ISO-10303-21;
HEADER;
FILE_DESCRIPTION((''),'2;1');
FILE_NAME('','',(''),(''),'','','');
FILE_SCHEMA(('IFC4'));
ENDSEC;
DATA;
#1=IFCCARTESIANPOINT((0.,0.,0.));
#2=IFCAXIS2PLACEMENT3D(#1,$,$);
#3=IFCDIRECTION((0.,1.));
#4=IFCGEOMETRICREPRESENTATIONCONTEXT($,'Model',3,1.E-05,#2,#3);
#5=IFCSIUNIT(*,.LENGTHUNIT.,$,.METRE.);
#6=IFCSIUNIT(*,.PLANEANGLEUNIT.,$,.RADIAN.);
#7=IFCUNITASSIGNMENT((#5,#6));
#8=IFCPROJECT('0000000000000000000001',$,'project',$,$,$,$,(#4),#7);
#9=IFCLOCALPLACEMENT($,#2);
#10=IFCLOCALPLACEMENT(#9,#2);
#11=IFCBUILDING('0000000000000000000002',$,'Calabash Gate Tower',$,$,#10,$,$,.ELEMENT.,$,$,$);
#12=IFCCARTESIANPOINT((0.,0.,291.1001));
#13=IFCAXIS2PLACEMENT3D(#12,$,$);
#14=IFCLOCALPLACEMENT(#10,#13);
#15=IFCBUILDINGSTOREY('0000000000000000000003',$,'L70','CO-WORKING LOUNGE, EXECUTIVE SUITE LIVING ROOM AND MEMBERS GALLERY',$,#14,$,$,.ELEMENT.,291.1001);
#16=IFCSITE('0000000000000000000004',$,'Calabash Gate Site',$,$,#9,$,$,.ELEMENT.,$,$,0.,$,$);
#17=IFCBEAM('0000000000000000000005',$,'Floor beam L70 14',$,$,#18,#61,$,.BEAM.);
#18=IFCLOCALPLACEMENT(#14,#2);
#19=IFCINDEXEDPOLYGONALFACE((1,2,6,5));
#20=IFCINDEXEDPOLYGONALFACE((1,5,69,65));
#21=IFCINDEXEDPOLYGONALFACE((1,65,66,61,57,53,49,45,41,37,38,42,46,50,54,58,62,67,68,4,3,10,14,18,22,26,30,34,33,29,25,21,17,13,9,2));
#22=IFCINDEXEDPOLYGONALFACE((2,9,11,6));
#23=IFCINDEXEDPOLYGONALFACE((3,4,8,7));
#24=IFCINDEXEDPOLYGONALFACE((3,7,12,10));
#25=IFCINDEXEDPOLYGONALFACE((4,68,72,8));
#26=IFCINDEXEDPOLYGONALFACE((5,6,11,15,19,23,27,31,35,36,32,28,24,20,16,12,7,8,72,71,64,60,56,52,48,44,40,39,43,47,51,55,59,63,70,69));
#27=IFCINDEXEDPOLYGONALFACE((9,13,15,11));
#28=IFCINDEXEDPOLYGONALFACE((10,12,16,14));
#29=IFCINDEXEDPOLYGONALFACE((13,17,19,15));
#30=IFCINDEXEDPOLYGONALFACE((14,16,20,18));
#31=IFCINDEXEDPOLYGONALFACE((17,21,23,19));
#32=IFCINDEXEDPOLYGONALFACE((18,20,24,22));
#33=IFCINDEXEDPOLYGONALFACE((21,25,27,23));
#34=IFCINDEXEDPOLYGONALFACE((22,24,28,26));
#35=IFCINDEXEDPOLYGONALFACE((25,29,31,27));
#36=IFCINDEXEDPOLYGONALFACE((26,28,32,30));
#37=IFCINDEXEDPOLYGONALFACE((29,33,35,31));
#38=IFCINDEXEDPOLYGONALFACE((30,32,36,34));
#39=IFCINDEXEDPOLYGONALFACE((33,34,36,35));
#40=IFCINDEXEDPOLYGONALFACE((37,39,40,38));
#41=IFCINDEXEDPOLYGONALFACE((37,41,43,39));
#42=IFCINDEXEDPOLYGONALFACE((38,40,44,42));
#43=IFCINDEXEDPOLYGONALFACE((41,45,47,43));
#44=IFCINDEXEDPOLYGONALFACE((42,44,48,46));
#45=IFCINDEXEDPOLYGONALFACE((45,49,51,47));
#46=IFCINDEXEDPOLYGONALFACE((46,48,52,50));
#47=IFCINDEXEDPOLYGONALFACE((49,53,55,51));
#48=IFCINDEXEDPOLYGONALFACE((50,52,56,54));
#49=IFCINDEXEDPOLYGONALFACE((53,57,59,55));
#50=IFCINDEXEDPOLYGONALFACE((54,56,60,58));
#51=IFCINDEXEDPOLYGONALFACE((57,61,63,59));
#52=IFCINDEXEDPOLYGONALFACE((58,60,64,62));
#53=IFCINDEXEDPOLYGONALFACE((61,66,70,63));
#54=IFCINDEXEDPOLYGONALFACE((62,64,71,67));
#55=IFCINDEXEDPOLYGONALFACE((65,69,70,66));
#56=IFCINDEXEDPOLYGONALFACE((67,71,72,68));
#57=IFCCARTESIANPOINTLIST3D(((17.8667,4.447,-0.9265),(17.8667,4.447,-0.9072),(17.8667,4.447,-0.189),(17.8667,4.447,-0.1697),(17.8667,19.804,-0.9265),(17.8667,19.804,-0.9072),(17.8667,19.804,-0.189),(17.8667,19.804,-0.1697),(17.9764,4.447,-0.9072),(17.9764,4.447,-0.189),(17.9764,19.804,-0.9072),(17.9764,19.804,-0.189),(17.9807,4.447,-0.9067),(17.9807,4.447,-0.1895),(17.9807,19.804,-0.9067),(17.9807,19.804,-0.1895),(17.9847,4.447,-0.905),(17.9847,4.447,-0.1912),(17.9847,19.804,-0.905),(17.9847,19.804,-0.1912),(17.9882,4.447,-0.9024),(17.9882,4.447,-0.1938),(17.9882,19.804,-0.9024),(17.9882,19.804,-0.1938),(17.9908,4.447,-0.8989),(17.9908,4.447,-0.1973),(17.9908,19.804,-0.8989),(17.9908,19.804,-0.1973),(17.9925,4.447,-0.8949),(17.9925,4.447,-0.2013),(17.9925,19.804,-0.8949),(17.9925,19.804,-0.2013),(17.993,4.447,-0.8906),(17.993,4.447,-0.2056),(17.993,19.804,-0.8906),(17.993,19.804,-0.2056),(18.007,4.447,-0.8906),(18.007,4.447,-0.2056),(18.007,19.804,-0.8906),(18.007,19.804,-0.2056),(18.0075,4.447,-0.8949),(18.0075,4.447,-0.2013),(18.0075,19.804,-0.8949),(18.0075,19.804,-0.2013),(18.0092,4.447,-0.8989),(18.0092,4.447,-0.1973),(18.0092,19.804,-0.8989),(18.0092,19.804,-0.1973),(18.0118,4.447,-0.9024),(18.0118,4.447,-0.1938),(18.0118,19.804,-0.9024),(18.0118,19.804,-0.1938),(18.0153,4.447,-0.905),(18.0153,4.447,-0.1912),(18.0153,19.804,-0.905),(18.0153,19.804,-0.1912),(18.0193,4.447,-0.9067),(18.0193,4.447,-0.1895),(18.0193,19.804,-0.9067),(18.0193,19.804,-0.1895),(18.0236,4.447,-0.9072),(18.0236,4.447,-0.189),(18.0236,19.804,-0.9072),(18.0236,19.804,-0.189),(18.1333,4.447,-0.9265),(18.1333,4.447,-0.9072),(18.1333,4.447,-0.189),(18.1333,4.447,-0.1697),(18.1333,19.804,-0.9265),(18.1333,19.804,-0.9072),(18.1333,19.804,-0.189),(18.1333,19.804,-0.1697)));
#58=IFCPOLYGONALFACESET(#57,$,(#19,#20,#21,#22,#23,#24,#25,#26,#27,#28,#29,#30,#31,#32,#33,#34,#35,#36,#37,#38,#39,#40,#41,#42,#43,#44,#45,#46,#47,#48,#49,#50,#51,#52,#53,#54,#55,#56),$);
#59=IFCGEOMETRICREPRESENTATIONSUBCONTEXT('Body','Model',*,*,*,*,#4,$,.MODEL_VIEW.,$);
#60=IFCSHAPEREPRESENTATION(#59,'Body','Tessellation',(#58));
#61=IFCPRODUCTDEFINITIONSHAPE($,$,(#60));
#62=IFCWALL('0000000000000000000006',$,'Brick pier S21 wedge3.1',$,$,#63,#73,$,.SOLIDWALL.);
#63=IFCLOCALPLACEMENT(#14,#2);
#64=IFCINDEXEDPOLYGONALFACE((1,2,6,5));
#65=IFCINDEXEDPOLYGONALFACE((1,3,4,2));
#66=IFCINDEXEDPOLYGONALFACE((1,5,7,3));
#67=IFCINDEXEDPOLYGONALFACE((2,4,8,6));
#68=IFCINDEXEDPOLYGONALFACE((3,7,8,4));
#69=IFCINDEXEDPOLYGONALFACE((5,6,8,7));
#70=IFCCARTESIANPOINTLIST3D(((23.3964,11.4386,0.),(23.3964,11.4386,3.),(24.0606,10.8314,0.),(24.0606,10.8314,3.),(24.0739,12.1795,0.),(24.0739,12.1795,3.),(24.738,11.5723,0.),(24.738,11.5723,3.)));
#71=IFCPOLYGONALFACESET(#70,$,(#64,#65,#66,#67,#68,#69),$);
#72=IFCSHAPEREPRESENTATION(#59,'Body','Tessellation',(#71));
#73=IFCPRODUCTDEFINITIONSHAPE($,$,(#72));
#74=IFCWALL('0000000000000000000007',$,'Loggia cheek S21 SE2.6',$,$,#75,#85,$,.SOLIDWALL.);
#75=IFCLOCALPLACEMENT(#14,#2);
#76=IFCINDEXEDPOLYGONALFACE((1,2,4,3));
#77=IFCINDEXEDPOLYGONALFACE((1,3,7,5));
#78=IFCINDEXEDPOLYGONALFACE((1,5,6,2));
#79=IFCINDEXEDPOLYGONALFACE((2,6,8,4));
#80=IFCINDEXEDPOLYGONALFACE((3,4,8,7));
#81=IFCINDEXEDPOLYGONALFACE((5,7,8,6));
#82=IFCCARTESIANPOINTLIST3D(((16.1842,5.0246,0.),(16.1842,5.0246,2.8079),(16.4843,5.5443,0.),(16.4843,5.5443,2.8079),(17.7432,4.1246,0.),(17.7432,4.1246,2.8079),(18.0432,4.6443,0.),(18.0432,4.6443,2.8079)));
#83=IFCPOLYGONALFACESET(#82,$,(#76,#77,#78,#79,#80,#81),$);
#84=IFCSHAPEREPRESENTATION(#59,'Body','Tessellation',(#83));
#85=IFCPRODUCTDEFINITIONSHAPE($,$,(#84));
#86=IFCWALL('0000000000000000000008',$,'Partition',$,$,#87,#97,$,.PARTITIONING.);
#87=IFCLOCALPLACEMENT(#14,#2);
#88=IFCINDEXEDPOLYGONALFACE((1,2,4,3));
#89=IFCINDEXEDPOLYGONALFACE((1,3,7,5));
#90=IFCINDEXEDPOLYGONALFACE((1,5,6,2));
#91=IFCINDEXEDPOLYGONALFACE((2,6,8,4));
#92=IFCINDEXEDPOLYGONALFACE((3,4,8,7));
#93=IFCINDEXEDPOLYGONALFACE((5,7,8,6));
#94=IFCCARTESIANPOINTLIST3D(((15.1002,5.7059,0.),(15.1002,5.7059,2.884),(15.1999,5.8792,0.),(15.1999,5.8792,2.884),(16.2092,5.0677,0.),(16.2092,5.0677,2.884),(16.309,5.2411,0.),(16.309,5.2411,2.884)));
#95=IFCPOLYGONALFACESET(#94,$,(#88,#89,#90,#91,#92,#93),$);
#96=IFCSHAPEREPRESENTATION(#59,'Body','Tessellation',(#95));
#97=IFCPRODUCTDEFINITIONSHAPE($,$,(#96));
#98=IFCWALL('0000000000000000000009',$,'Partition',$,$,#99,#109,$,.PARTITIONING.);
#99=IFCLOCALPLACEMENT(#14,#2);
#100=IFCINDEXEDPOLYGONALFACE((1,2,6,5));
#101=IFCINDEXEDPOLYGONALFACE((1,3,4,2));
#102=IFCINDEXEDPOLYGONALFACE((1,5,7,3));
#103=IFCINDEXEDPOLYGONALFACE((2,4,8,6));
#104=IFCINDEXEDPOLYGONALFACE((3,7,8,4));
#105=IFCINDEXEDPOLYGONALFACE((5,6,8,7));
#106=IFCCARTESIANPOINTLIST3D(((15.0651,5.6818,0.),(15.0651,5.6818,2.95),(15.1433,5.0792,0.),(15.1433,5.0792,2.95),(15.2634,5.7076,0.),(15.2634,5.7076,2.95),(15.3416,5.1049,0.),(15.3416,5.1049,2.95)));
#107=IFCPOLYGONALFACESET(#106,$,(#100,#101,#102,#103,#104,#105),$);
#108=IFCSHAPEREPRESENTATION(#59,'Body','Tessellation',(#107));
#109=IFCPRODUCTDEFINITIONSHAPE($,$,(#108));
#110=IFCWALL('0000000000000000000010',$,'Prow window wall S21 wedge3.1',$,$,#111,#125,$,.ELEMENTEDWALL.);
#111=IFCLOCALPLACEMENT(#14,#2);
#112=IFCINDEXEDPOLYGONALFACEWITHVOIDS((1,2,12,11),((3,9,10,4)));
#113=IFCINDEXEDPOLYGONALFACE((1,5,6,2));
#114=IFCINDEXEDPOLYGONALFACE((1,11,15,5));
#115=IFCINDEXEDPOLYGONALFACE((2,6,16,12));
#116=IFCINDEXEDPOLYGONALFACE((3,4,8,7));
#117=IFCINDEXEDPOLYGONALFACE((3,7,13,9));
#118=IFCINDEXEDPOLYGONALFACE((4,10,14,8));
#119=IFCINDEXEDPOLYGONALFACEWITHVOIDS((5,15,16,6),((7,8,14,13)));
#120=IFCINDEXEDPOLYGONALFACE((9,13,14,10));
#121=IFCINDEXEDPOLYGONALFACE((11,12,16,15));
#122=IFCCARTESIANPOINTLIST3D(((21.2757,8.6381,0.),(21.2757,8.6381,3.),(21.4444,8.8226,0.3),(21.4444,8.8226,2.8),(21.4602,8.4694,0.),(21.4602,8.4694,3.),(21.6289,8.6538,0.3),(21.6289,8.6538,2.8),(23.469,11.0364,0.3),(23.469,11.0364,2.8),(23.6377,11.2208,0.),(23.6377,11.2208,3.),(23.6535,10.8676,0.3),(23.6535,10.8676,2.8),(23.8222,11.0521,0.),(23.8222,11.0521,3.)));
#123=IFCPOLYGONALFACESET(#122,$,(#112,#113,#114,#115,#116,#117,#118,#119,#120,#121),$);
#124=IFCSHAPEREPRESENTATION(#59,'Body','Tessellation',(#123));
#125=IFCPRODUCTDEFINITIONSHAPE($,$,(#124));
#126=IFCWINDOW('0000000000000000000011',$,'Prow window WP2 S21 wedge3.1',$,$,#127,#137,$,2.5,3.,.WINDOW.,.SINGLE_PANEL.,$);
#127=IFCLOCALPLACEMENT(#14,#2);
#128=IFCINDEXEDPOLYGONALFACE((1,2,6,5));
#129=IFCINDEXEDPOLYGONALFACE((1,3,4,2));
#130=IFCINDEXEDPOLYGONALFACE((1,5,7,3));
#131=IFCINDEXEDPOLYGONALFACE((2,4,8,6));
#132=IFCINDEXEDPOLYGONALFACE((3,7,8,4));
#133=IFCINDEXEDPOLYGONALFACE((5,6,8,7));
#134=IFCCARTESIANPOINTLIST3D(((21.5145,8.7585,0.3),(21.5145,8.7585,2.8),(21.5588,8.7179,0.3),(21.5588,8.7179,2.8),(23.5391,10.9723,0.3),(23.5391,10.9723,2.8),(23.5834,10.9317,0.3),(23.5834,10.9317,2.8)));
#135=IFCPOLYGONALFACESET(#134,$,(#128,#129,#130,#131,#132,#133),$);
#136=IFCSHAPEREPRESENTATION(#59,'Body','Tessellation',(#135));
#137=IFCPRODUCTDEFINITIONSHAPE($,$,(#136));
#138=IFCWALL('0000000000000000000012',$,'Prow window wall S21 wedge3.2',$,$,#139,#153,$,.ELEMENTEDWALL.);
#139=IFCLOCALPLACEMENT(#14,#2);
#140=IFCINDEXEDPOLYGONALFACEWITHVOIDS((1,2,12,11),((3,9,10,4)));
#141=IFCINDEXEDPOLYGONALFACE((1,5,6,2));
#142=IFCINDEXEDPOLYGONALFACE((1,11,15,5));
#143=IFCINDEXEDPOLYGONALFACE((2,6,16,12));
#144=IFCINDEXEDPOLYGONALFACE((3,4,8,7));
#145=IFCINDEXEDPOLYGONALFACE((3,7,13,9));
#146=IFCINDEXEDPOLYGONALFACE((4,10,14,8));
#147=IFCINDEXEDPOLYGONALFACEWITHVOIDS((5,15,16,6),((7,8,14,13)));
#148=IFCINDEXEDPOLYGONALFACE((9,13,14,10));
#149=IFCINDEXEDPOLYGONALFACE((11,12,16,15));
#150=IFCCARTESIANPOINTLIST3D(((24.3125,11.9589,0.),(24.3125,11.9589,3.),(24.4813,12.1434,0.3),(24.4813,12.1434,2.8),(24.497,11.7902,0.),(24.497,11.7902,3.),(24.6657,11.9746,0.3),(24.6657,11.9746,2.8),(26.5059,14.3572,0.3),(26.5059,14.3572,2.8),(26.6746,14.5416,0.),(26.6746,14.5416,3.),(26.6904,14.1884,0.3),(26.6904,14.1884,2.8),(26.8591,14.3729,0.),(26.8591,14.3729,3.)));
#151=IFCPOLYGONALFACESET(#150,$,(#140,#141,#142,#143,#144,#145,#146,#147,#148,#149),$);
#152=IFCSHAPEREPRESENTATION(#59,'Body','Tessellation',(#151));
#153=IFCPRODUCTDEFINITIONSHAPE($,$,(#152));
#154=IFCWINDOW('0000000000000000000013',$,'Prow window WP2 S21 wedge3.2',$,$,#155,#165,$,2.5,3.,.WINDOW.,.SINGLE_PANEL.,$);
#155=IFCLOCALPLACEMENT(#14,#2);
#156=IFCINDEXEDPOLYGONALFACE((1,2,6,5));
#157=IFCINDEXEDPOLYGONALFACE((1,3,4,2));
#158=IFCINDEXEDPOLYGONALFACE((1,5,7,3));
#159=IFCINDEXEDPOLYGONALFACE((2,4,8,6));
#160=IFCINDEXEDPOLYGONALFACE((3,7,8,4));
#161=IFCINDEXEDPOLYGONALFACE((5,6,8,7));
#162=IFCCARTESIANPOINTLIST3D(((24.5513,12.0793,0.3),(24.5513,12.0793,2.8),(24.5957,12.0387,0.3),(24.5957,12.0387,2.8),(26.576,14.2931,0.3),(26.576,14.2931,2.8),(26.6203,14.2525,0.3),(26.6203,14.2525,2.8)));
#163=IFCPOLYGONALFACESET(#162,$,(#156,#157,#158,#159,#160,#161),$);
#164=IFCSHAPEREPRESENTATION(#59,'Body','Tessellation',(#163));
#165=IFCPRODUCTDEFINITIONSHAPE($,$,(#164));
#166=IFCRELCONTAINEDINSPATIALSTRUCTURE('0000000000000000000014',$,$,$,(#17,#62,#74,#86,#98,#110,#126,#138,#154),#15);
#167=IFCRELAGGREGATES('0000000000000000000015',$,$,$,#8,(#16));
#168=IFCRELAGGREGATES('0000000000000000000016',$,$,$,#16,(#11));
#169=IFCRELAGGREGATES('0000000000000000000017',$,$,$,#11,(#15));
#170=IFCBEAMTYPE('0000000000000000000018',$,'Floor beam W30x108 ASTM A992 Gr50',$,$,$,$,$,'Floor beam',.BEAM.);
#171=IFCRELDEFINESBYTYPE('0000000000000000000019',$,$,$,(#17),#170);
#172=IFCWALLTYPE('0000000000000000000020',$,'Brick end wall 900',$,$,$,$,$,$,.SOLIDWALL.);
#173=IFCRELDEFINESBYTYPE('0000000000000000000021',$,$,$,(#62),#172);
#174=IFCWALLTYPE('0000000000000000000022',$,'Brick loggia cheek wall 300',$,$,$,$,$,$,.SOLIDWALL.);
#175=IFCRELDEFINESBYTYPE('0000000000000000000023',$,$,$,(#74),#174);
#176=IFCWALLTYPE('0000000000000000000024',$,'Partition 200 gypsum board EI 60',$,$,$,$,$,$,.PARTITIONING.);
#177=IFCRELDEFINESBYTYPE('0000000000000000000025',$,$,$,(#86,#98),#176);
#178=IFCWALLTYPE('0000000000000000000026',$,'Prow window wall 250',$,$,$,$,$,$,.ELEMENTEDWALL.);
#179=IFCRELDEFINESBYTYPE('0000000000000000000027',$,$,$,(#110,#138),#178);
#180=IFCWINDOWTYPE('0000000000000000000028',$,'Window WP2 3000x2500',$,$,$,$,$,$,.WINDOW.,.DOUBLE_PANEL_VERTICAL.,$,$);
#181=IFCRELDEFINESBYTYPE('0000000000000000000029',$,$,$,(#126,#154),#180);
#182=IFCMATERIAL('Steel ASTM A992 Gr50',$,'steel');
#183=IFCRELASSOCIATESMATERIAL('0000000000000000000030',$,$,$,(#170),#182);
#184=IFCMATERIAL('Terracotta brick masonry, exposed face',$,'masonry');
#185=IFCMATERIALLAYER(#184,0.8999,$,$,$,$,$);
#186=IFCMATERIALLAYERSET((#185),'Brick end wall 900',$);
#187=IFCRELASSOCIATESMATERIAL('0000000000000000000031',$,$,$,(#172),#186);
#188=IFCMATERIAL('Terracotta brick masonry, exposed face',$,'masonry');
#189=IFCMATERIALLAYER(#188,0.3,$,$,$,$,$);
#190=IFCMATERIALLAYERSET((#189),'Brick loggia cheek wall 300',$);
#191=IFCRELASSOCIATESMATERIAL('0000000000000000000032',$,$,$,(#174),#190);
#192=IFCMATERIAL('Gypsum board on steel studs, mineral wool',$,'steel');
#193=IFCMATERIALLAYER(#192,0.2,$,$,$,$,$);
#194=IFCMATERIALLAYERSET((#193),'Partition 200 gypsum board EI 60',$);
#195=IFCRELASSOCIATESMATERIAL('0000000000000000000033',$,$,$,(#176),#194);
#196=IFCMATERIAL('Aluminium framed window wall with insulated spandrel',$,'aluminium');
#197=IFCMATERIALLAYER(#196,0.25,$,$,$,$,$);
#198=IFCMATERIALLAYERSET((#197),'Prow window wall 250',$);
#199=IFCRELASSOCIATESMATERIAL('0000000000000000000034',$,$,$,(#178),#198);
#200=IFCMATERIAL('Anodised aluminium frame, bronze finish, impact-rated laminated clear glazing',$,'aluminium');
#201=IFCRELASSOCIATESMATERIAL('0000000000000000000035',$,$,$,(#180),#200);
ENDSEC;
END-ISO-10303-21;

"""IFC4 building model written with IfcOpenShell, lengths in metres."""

from ifc_helpers import new_model, si_unit, direction, frame, frame_2d, origin, origin_2d, place, context, subcontext, project, spatial, rectangle, i_section, extrude, material, layer, layer_set, material_profile, profile_set, type_object, element, fill, save


model = new_model("IFC4")

# Units and contexts
model_context = context("Model", 3, precision=1e-05, world=origin(), true_north=direction((0.0, 1.0)))
body_context = subcontext(model_context, "Body", "Model", "MODEL_VIEW")
ifc_project = project(units=[si_unit("LENGTHUNIT", "METRE"), si_unit("PLANEANGLEUNIT", "RADIAN")], contexts=[model_context])

# Site, building, storey
site_placement = place(None, origin())
site = spatial("IfcSite", under=ifc_project, at=site_placement, Name="Calabash Gate Site", CompositionType="ELEMENT", RefElevation=0.0)
building_placement = place(site_placement, origin())
building = spatial("IfcBuilding", under=site, at=building_placement, Name="Calabash Gate Tower", CompositionType="ELEMENT")
storey_placement = place(building_placement, frame((0.0, 0.0, 291.1001)))
storey = spatial("IfcBuildingStorey", under=building, at=storey_placement, Name="L70", Description="CO-WORKING LOUNGE, EXECUTIVE SUITE LIVING ROOM AND MEMBERS GALLERY", CompositionType="ELEMENT", Elevation=291.1001)

# Beam
ifc_material_1 = material(Name="Steel ASTM A992 Gr50", Category="steel")
ifc_material_profile_1 = material_profile(ifc_material_1, i_section(OverallWidth=0.2666, OverallDepth=0.7568, WebThickness=0.0139, FlangeThickness=0.0193, FilletRadius=0.0166, at=origin_2d()))
ifc_profile_set_1 = profile_set([ifc_material_profile_1], Name="Steel ASTM A992 Gr50")
beam_type_1 = type_object("IfcBeamType", Name="Floor beam W30x108 ASTM A992 Gr50", ElementType="Floor beam", PredefinedType="BEAM", material=ifc_profile_set_1)
beam_1_placement = place(storey_placement, frame((18.0, 4.447, -0.5481), z_axis=(0.0, 1.0, 0.0), x_axis=(-1.0, 0.0, 0.0)))
element("IfcBeam", 1, at=beam_1_placement, inside=storey, type_object=beam_type_1, Name="Floor beam L70 14", PredefinedType="BEAM", context=body_context, shape_type="SweptSolid", body=[
    extrude(i_section(OverallWidth=0.2666, OverallDepth=0.7568, WebThickness=0.0139, FlangeThickness=0.0193, FilletRadius=0.0166, at=origin_2d()), origin(), (0.0, 0.0, 1.0), 15.3569),
])

# Walls
ifc_material_2 = material(Name="Terracotta brick masonry, exposed face", Category="masonry")
ifc_layer_1 = layer(ifc_material_2, 0.8999)
ifc_layer_set_1 = layer_set([ifc_layer_1], Name="Brick end wall 900")
wall_type_1 = type_object("IfcWallType", Name="Brick end wall 900", PredefinedType="SOLIDWALL", material=ifc_layer_set_1)
wall_1_placement = place(storey_placement, frame((23.7285, 11.135, 0.0), z_axis=(0.0, 0.0, 1.0), x_axis=(0.674788, 0.738012, 0.0)))
element("IfcWall", 2, at=wall_1_placement, inside=storey, type_object=wall_type_1, Name="Brick pier S21 wedge3.1", PredefinedType="SOLIDWALL", context=body_context, shape_type="SweptSolid", body=[
    extrude(rectangle(XDim=1.0039, YDim=0.8999, at=frame_2d((0.502, 0.0))), origin(), (0.0, 0.0, 1.0), 3.0),
])
ifc_material_3 = material(Name="Terracotta brick masonry, exposed face", Category="masonry")
ifc_layer_2 = layer(ifc_material_3, 0.3)
ifc_layer_set_2 = layer_set([ifc_layer_2], Name="Brick loggia cheek wall 300")
wall_type_2 = type_object("IfcWallType", Name="Brick loggia cheek wall 300", PredefinedType="SOLIDWALL", material=ifc_layer_set_2)
wall_2_placement = place(storey_placement, frame((17.8931, 4.3845, 0.0), z_axis=(0.0, 0.0, 1.0), x_axis=(-0.866048, 0.499961, 0.0)))
element("IfcWall", 3, at=wall_2_placement, inside=storey, type_object=wall_type_2, Name="Loggia cheek S21 SE2.6", PredefinedType="SOLIDWALL", context=body_context, shape_type="SweptSolid", body=[
    extrude(rectangle(XDim=1.8, YDim=0.6001, at=frame_2d((0.8999, 0.0))), origin(), (0.0, 0.0, 1.0), 2.8079),
])
ifc_material_4 = material(Name="Gypsum board on steel studs, mineral wool", Category="steel")
ifc_layer_3 = layer(ifc_material_4, 0.2)
ifc_layer_set_3 = layer_set([ifc_layer_3], Name="Partition 200 gypsum board EI 60")
wall_type_3 = type_object("IfcWallType", Name="Partition 200 gypsum board EI 60", PredefinedType="PARTITIONING", material=ifc_layer_set_3)
wall_3_placement = place(storey_placement, frame((15.1501, 5.7925, 0.0), z_axis=(0.0, 0.0, 1.0), x_axis=(0.86676, -0.498726, 0.0)))
element("IfcWall", 4, at=wall_3_placement, inside=storey, type_object=wall_type_3, Name="Partition", PredefinedType="PARTITIONING", context=body_context, shape_type="SweptSolid", body=[
    extrude(rectangle(XDim=1.2795, YDim=0.2, at=frame_2d((0.6396, 0.0))), origin(), (0.0, 0.0, 1.0), 2.884),
])
wall_4_placement = place(storey_placement, frame((15.1643, 5.6946, 0.0), z_axis=(0.0, 0.0, 1.0), x_axis=(0.128583, -0.991699, 0.0)))
element("IfcWall", 5, at=wall_4_placement, inside=storey, type_object=wall_type_3, Name="Partition", PredefinedType="PARTITIONING", context=body_context, shape_type="SweptSolid", body=[
    extrude(rectangle(XDim=0.6077, YDim=0.2, at=frame_2d((0.3037, 0.0))), origin(), (0.0, 0.0, 1.0), 2.95),
])

# Walls, openings, windows
ifc_material_5 = material(Name="Aluminium framed window wall with insulated spandrel", Category="aluminium")
ifc_layer_4 = layer(ifc_material_5, 0.25)
ifc_layer_set_4 = layer_set([ifc_layer_4], Name="Prow window wall 250")
wall_type_4 = type_object("IfcWallType", Name="Prow window wall 250", PredefinedType="ELEMENTEDWALL", material=ifc_layer_set_4)
wall_5_placement = place(storey_placement, frame((21.3679, 8.5537, 0.0), z_axis=(0.0, 0.0, 1.0), x_axis=(0.674874, 0.737933, 0.0)))
wall_5 = element("IfcWall", 6, at=wall_5_placement, inside=storey, type_object=wall_type_4, Name="Prow window wall S21 wedge3.1", PredefinedType="ELEMENTEDWALL", context=body_context, shape_type="SweptSolid", body=[
    extrude(rectangle(XDim=3.5, YDim=0.25, at=frame_2d((1.75, 0.0))), origin(), (0.0, 0.0, 1.0), 3.0),
])
opening_1_placement = place(wall_5_placement, frame((0.25, 0.0, 0.3)))
opening_1 = element("IfcOpeningElement", 7, at=opening_1_placement, cuts=wall_5, PredefinedType="OPENING", context=body_context, shape_type="SweptSolid", body=[
    extrude(rectangle(XDim=3.0, YDim=2.5, at=frame_2d((1.5, 1.25))), frame((0.0, 0.135, 0.0), z_axis=(0.0, -1.0, 0.0), x_axis=(1.0, 0.0, 0.0)), (0.0, 0.0, 1.0), 0.27),
])
ifc_material_6 = material(Name="Anodised aluminium frame, bronze finish, impact-rated laminated clear glazing", Category="aluminium")
window_type = type_object("IfcWindowType", Name="Window WP2 3000x2500", PartitioningType="DOUBLE_PANEL_VERTICAL", PredefinedType="WINDOW", material=ifc_material_6)
window_1_placement = place(opening_1_placement, origin())
window_1 = element("IfcWindow", 8, at=window_1_placement, inside=storey, type_object=window_type, Name="Prow window WP2 S21 wedge3.1", OverallHeight=2.5, OverallWidth=3.0, PartitioningType="SINGLE_PANEL", PredefinedType="WINDOW", context=body_context, shape_type="SweptSolid", body=[
    extrude(rectangle(XDim=3.0, YDim=2.5, at=frame_2d((1.5, 1.25))), frame((0.0, 0.03, 0.0), z_axis=(0.0, -1.0, 0.0), x_axis=(1.0, 0.0, 0.0)), (0.0, 0.0, 1.0), 0.0601),
])
fill(opening_1, window_1)
wall_6_placement = place(storey_placement, frame((24.4048, 11.8745, 0.0), z_axis=(0.0, 0.0, 1.0), x_axis=(0.674874, 0.737933, 0.0)))
wall_6 = element("IfcWall", 9, at=wall_6_placement, inside=storey, type_object=wall_type_4, Name="Prow window wall S21 wedge3.2", PredefinedType="ELEMENTEDWALL", context=body_context, shape_type="SweptSolid", body=[
    extrude(rectangle(XDim=3.5, YDim=0.25, at=frame_2d((1.75, 0.0))), origin(), (0.0, 0.0, 1.0), 3.0),
])
opening_2_placement = place(wall_6_placement, frame((0.25, 0.0, 0.3)))
opening_2 = element("IfcOpeningElement", 10, at=opening_2_placement, cuts=wall_6, PredefinedType="OPENING", context=body_context, shape_type="SweptSolid", body=[
    extrude(rectangle(XDim=3.0, YDim=2.5, at=frame_2d((1.5, 1.25))), frame((0.0, 0.135, 0.0), z_axis=(0.0, -1.0, 0.0), x_axis=(1.0, 0.0, 0.0)), (0.0, 0.0, 1.0), 0.27),
])
window_2_placement = place(opening_2_placement, origin())
window_2 = element("IfcWindow", 11, at=window_2_placement, inside=storey, type_object=window_type, Name="Prow window WP2 S21 wedge3.2", OverallHeight=2.5, OverallWidth=3.0, PartitioningType="SINGLE_PANEL", PredefinedType="WINDOW", context=body_context, shape_type="SweptSolid", body=[
    extrude(rectangle(XDim=3.0, YDim=2.5, at=frame_2d((1.5, 1.25))), frame((0.0, 0.03, 0.0), z_axis=(0.0, -1.0, 0.0), x_axis=(1.0, 0.0, 0.0)), (0.0, 0.0, 1.0), 0.0601),
])
fill(opening_2, window_2)

save(model, "model.ifc")
